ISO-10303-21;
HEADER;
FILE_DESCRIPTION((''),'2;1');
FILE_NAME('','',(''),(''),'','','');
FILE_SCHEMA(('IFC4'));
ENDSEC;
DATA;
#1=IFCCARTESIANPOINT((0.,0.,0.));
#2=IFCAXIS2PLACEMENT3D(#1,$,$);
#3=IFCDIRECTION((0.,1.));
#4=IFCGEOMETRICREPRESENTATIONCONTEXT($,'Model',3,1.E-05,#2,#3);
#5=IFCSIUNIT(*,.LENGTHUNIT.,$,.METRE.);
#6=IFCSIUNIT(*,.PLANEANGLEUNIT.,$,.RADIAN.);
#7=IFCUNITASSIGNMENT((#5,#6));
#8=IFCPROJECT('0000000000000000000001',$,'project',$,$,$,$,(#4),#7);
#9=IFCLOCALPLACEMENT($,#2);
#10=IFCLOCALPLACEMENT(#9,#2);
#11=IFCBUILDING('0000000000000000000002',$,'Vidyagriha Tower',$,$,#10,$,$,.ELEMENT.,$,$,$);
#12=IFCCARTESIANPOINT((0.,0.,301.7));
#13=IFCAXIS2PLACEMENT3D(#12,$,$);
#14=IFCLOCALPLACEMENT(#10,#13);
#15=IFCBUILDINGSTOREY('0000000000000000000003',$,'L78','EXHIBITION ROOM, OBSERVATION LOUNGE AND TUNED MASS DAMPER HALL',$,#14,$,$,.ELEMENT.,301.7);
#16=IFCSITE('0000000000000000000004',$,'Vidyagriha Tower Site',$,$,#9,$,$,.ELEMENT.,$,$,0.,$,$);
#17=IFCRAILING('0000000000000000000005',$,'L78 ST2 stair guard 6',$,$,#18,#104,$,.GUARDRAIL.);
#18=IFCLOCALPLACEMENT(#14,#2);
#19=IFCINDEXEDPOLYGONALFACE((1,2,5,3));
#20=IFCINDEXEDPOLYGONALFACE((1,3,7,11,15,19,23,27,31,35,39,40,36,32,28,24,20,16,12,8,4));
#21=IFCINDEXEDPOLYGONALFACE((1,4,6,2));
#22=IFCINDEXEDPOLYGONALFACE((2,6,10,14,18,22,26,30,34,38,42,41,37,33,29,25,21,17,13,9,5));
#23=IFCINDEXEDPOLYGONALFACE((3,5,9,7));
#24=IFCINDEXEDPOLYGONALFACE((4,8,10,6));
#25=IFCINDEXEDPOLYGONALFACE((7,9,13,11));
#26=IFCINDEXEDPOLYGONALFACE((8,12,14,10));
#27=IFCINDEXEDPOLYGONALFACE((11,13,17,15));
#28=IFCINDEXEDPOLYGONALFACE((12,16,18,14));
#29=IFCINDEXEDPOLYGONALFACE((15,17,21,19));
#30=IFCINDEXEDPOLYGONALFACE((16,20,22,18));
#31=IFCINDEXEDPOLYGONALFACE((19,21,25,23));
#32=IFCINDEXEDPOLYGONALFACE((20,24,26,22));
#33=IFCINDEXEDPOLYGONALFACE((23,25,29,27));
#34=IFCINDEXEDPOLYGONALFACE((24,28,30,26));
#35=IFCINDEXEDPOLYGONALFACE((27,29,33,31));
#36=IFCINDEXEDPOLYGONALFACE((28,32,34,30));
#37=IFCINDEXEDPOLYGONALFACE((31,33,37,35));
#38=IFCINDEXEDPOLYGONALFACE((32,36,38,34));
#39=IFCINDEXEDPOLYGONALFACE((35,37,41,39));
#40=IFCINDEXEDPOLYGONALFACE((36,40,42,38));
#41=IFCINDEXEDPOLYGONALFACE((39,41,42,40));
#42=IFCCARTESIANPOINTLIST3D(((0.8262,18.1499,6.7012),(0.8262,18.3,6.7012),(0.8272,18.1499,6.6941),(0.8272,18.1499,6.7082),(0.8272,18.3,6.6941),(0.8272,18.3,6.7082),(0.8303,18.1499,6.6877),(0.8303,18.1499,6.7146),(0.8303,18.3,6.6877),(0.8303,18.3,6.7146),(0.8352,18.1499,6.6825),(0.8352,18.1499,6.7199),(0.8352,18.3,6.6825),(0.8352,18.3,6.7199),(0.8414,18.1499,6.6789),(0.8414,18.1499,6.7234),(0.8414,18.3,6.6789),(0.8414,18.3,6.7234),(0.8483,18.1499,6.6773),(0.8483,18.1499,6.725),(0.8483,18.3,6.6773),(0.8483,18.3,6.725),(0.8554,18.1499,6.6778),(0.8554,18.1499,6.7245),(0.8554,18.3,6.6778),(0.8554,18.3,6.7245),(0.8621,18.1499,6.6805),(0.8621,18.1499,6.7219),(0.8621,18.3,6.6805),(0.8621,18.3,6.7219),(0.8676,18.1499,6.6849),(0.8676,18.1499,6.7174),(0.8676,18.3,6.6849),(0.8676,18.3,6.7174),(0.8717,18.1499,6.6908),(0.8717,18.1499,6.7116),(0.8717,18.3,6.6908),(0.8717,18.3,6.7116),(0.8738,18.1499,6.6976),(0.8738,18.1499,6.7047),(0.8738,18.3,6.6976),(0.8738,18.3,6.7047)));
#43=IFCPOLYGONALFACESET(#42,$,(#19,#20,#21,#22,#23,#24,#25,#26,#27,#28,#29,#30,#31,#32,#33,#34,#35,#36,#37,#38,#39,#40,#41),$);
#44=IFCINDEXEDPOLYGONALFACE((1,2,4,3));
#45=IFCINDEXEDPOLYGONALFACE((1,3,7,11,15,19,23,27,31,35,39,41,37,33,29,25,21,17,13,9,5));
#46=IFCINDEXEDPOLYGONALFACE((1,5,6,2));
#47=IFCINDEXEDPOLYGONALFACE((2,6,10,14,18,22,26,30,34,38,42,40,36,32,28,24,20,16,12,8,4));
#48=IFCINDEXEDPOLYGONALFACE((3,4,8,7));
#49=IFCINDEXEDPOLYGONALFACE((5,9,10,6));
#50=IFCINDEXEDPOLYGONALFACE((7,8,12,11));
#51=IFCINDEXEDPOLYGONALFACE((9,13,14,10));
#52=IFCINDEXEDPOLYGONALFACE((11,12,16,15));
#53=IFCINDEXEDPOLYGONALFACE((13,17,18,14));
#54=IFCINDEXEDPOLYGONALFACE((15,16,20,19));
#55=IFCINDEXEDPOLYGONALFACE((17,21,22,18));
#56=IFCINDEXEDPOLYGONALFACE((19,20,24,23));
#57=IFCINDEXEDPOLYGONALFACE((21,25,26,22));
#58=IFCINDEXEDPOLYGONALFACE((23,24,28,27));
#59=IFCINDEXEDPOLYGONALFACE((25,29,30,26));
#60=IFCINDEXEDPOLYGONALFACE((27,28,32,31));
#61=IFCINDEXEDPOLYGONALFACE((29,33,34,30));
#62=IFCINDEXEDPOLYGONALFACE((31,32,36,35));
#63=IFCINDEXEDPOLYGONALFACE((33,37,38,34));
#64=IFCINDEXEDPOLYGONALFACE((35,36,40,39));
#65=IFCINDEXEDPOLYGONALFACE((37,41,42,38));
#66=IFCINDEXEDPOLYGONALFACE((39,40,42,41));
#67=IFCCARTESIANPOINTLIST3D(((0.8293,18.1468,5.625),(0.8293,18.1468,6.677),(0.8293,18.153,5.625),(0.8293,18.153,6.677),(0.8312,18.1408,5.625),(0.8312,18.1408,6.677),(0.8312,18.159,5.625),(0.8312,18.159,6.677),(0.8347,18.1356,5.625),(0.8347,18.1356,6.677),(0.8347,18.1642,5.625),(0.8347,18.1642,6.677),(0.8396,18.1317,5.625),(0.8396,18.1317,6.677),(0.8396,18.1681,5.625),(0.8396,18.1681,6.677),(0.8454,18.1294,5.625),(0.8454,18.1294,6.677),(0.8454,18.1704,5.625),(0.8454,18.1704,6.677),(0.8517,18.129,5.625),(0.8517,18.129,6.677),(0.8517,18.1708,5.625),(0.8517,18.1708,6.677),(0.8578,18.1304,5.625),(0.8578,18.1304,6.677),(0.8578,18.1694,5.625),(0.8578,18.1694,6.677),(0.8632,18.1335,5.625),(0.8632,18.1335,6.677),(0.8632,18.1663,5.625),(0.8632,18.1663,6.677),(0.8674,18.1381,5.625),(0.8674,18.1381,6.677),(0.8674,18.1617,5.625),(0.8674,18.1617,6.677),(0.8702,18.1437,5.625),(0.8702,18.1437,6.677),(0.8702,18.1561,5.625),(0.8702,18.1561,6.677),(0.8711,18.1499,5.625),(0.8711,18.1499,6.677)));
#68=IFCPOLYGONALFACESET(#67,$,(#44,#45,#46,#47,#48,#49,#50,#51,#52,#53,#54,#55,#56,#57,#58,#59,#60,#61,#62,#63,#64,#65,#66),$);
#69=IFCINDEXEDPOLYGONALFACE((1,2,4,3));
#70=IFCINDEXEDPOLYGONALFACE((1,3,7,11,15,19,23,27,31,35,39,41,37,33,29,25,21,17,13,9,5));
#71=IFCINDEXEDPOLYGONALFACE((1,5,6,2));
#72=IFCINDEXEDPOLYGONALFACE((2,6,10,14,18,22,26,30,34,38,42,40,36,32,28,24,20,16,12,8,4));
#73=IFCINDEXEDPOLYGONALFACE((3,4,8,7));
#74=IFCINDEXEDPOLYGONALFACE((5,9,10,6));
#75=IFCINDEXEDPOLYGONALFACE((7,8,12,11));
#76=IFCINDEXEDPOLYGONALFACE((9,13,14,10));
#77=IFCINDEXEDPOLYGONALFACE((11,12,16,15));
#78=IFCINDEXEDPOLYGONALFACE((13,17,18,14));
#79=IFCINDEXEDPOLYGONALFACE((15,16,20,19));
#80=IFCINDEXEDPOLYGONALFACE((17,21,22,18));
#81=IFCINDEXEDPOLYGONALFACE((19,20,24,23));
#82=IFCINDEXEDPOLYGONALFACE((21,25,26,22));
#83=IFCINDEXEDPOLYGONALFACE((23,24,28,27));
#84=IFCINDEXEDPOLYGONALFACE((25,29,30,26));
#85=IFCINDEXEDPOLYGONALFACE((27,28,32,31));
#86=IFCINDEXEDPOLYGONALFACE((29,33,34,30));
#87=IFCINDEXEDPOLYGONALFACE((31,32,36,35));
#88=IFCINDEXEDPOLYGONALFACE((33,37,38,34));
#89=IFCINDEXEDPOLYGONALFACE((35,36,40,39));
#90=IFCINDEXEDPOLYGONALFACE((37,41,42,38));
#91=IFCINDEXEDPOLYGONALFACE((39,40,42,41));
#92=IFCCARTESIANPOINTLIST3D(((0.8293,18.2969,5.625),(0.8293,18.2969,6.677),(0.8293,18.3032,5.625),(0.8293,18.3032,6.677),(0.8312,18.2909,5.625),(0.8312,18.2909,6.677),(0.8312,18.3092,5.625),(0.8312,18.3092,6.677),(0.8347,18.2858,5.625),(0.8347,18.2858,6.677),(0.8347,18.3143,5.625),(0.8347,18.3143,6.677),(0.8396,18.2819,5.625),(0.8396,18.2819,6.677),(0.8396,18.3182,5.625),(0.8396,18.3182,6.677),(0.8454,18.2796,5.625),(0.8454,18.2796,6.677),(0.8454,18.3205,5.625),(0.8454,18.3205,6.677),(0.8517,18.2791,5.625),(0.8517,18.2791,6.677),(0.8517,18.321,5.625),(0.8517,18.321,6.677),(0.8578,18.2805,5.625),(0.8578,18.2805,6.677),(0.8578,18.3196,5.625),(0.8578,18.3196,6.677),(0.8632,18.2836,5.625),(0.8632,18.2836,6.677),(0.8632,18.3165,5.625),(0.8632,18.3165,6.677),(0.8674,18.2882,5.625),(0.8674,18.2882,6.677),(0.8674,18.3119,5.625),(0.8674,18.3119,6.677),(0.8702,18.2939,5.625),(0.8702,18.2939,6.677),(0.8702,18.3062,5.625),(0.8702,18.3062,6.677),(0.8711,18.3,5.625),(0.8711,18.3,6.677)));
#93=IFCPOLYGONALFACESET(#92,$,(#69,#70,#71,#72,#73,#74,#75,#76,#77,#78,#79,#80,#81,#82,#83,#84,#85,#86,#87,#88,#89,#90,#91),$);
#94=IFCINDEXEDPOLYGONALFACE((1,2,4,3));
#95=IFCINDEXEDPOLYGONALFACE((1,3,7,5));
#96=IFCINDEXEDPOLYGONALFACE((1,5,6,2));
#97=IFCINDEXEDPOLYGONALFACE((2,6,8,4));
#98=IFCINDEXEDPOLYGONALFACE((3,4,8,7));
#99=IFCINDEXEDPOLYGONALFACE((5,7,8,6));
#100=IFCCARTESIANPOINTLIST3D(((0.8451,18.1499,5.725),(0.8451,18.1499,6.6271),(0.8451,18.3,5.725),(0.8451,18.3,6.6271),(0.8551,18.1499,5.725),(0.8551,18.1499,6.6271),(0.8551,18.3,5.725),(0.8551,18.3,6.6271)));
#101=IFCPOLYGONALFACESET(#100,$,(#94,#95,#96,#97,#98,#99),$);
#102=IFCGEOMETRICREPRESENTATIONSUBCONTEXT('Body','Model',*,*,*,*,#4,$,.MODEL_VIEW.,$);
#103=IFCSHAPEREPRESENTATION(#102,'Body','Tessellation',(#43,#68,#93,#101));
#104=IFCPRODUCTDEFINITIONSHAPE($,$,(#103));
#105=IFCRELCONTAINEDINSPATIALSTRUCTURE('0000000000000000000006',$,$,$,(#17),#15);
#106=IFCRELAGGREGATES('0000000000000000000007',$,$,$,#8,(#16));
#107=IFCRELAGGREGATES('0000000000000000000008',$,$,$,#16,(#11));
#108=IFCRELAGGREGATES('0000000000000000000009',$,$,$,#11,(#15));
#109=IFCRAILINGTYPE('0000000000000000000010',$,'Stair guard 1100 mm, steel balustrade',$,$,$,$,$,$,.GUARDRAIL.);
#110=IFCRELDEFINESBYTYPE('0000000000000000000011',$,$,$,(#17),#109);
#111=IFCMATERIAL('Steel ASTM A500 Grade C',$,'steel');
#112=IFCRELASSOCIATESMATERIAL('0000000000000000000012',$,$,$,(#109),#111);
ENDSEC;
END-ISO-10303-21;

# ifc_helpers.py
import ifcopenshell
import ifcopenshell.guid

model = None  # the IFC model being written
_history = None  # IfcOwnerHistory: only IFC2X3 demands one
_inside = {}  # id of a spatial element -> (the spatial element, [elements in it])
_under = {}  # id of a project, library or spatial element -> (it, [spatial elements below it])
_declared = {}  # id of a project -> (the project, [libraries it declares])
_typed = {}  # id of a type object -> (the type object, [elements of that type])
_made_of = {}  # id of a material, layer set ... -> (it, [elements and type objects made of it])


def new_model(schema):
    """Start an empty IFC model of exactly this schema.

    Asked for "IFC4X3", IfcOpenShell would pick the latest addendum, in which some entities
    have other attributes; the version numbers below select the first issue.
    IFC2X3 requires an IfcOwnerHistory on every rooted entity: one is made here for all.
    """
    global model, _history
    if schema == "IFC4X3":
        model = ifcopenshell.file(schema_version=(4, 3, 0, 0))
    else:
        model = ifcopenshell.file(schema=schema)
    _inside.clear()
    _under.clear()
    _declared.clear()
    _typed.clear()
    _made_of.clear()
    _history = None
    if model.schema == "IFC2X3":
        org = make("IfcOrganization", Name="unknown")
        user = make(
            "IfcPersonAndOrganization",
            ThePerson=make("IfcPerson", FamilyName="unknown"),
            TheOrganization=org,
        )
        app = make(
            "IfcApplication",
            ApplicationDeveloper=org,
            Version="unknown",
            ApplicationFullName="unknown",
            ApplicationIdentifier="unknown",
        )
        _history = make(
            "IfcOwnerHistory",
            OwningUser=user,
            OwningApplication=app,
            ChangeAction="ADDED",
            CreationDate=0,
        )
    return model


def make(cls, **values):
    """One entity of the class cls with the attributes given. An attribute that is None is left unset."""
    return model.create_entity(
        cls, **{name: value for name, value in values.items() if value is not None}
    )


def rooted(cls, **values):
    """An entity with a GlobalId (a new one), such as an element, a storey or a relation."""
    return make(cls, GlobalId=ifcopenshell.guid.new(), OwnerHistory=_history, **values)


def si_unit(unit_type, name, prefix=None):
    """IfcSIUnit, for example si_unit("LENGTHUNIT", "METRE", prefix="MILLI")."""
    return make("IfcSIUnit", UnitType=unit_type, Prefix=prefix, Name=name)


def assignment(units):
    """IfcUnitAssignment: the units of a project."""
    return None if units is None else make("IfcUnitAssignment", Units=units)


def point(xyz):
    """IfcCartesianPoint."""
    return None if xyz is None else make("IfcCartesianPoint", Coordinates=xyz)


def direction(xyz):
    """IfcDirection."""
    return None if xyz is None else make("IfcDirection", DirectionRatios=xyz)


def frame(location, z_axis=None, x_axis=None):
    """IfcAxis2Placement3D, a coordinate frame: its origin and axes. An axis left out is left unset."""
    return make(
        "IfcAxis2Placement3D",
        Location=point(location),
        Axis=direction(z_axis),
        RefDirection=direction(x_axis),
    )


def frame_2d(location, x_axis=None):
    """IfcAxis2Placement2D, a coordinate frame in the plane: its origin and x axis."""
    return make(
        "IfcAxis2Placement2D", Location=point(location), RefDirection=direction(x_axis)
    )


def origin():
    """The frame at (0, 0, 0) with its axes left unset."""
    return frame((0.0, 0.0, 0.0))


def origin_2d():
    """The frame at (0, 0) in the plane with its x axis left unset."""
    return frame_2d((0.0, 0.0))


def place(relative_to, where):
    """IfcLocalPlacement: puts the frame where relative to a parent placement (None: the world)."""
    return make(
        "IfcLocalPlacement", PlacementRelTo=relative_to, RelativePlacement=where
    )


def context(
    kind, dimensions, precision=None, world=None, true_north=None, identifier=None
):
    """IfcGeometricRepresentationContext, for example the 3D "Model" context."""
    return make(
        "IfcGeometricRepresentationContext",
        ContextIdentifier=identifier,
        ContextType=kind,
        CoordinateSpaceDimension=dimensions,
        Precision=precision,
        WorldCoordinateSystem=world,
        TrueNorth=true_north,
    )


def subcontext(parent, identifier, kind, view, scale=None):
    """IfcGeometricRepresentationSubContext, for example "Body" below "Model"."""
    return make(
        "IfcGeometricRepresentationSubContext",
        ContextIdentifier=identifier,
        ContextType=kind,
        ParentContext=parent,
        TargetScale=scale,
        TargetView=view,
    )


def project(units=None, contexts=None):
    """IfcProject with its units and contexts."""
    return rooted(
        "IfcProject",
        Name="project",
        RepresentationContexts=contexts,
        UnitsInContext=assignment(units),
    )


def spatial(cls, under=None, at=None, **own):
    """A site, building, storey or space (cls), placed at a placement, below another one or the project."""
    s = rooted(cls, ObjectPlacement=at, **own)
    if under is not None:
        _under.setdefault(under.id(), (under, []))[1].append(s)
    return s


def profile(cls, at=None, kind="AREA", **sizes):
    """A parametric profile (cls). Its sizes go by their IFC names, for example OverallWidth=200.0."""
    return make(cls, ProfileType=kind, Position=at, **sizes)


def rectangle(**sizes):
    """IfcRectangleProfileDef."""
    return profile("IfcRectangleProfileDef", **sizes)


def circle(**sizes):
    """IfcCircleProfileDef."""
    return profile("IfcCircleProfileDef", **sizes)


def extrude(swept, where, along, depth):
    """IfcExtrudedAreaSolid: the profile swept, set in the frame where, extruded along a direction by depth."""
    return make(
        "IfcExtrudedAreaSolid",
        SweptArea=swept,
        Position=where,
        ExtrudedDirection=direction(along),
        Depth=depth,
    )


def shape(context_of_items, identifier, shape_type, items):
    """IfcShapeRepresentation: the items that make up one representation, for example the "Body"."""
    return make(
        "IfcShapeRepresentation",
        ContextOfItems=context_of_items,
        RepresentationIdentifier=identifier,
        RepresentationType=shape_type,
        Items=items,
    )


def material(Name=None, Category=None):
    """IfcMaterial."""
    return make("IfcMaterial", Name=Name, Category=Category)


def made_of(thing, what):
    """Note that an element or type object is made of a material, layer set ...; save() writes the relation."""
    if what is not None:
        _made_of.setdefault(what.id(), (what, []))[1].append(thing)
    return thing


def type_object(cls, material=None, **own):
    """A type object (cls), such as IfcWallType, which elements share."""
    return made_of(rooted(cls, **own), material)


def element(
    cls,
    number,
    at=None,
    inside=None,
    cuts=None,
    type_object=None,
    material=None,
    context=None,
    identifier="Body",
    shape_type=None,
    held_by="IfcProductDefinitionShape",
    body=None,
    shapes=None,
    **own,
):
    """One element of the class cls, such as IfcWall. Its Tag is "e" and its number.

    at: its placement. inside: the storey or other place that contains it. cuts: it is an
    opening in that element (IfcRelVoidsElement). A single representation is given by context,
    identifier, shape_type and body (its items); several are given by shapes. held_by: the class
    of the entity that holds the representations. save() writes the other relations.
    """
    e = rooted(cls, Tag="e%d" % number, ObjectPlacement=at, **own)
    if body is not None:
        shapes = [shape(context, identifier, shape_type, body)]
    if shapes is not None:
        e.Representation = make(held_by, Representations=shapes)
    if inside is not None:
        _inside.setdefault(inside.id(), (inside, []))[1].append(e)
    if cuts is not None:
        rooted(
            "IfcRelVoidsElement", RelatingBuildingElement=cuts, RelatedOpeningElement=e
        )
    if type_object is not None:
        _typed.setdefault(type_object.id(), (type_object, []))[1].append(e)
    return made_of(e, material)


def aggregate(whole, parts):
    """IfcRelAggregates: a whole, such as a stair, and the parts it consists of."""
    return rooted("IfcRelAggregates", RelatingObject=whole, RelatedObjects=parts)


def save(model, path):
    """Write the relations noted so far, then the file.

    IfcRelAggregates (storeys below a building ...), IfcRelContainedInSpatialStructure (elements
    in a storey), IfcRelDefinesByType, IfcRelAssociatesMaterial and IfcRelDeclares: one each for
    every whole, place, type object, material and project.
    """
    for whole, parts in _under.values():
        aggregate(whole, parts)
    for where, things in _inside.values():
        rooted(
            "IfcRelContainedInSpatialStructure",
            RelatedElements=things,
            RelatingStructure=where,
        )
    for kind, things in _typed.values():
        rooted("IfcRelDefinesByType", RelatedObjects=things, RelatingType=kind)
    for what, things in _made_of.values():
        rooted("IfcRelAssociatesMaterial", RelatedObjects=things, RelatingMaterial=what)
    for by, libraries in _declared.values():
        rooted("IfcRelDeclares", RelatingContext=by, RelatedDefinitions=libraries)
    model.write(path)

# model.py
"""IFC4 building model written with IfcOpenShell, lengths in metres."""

from ifc_helpers import new_model, si_unit, direction, frame, origin, origin_2d, place, context, subcontext, project, spatial, rectangle, circle, extrude, material, type_object, element, save


model = new_model("IFC4")

# Units and contexts
model_context = context("Model", 3, precision=1e-05, world=origin(), true_north=direction((0.0, 1.0)))
body_context = subcontext(model_context, "Body", "Model", "MODEL_VIEW")
ifc_project = project(units=[si_unit("LENGTHUNIT", "METRE"), si_unit("PLANEANGLEUNIT", "RADIAN")], contexts=[model_context])

# Site, building, storey
site_placement = place(None, origin())
site = spatial("IfcSite", under=ifc_project, at=site_placement, Name="Vidyagriha Tower Site", CompositionType="ELEMENT", RefElevation=0.0)
building_placement = place(site_placement, origin())
building = spatial("IfcBuilding", under=site, at=building_placement, Name="Vidyagriha Tower", CompositionType="ELEMENT")
storey_placement = place(building_placement, frame((0.0, 0.0, 301.7)))
storey = spatial("IfcBuildingStorey", under=building, at=storey_placement, Name="L78", Description="EXHIBITION ROOM, OBSERVATION LOUNGE AND TUNED MASS DAMPER HALL", CompositionType="ELEMENT", Elevation=301.7)

# Railing
ifc_material_1 = material(Name="Steel ASTM A500 Grade C", Category="steel")
railing_type_1 = type_object("IfcRailingType", Name="Stair guard 1100 mm, steel balustrade", PredefinedType="GUARDRAIL", material=ifc_material_1)
railing_1_placement = place(storey_placement, frame((0.8501, 18.1499, 5.625)))
element("IfcRailing", 1, at=railing_1_placement, inside=storey, type_object=railing_type_1, Name="L78 ST2 stair guard 6", PredefinedType="GUARDRAIL", context=body_context, shape_type="SweptSolid", body=[
    extrude(circle(Radius=0.0239, at=origin_2d()), frame((0.0, 0.0, 1.0762), z_axis=(0.0, 1.0, 0.0), x_axis=(-1.0, 0.0, 0.0)), (0.0, 0.0, 1.0), 0.1501),
    extrude(circle(Radius=0.021, at=origin_2d()), origin(), (0.0, 0.0, 1.0), 1.052),
    extrude(circle(Radius=0.021, at=origin_2d()), frame((0.0, 0.1501, 0.0)), (0.0, 0.0, 1.0), 1.052),
    extrude(rectangle(XDim=0.01, YDim=0.9021, at=origin_2d()), frame((0.0, 0.0, 0.551), z_axis=(0.0, 1.0, 0.0), x_axis=(-1.0, 0.0, 0.0)), (0.0, 0.0, 1.0), 0.1501),
])

save(model, "model.ifc")
